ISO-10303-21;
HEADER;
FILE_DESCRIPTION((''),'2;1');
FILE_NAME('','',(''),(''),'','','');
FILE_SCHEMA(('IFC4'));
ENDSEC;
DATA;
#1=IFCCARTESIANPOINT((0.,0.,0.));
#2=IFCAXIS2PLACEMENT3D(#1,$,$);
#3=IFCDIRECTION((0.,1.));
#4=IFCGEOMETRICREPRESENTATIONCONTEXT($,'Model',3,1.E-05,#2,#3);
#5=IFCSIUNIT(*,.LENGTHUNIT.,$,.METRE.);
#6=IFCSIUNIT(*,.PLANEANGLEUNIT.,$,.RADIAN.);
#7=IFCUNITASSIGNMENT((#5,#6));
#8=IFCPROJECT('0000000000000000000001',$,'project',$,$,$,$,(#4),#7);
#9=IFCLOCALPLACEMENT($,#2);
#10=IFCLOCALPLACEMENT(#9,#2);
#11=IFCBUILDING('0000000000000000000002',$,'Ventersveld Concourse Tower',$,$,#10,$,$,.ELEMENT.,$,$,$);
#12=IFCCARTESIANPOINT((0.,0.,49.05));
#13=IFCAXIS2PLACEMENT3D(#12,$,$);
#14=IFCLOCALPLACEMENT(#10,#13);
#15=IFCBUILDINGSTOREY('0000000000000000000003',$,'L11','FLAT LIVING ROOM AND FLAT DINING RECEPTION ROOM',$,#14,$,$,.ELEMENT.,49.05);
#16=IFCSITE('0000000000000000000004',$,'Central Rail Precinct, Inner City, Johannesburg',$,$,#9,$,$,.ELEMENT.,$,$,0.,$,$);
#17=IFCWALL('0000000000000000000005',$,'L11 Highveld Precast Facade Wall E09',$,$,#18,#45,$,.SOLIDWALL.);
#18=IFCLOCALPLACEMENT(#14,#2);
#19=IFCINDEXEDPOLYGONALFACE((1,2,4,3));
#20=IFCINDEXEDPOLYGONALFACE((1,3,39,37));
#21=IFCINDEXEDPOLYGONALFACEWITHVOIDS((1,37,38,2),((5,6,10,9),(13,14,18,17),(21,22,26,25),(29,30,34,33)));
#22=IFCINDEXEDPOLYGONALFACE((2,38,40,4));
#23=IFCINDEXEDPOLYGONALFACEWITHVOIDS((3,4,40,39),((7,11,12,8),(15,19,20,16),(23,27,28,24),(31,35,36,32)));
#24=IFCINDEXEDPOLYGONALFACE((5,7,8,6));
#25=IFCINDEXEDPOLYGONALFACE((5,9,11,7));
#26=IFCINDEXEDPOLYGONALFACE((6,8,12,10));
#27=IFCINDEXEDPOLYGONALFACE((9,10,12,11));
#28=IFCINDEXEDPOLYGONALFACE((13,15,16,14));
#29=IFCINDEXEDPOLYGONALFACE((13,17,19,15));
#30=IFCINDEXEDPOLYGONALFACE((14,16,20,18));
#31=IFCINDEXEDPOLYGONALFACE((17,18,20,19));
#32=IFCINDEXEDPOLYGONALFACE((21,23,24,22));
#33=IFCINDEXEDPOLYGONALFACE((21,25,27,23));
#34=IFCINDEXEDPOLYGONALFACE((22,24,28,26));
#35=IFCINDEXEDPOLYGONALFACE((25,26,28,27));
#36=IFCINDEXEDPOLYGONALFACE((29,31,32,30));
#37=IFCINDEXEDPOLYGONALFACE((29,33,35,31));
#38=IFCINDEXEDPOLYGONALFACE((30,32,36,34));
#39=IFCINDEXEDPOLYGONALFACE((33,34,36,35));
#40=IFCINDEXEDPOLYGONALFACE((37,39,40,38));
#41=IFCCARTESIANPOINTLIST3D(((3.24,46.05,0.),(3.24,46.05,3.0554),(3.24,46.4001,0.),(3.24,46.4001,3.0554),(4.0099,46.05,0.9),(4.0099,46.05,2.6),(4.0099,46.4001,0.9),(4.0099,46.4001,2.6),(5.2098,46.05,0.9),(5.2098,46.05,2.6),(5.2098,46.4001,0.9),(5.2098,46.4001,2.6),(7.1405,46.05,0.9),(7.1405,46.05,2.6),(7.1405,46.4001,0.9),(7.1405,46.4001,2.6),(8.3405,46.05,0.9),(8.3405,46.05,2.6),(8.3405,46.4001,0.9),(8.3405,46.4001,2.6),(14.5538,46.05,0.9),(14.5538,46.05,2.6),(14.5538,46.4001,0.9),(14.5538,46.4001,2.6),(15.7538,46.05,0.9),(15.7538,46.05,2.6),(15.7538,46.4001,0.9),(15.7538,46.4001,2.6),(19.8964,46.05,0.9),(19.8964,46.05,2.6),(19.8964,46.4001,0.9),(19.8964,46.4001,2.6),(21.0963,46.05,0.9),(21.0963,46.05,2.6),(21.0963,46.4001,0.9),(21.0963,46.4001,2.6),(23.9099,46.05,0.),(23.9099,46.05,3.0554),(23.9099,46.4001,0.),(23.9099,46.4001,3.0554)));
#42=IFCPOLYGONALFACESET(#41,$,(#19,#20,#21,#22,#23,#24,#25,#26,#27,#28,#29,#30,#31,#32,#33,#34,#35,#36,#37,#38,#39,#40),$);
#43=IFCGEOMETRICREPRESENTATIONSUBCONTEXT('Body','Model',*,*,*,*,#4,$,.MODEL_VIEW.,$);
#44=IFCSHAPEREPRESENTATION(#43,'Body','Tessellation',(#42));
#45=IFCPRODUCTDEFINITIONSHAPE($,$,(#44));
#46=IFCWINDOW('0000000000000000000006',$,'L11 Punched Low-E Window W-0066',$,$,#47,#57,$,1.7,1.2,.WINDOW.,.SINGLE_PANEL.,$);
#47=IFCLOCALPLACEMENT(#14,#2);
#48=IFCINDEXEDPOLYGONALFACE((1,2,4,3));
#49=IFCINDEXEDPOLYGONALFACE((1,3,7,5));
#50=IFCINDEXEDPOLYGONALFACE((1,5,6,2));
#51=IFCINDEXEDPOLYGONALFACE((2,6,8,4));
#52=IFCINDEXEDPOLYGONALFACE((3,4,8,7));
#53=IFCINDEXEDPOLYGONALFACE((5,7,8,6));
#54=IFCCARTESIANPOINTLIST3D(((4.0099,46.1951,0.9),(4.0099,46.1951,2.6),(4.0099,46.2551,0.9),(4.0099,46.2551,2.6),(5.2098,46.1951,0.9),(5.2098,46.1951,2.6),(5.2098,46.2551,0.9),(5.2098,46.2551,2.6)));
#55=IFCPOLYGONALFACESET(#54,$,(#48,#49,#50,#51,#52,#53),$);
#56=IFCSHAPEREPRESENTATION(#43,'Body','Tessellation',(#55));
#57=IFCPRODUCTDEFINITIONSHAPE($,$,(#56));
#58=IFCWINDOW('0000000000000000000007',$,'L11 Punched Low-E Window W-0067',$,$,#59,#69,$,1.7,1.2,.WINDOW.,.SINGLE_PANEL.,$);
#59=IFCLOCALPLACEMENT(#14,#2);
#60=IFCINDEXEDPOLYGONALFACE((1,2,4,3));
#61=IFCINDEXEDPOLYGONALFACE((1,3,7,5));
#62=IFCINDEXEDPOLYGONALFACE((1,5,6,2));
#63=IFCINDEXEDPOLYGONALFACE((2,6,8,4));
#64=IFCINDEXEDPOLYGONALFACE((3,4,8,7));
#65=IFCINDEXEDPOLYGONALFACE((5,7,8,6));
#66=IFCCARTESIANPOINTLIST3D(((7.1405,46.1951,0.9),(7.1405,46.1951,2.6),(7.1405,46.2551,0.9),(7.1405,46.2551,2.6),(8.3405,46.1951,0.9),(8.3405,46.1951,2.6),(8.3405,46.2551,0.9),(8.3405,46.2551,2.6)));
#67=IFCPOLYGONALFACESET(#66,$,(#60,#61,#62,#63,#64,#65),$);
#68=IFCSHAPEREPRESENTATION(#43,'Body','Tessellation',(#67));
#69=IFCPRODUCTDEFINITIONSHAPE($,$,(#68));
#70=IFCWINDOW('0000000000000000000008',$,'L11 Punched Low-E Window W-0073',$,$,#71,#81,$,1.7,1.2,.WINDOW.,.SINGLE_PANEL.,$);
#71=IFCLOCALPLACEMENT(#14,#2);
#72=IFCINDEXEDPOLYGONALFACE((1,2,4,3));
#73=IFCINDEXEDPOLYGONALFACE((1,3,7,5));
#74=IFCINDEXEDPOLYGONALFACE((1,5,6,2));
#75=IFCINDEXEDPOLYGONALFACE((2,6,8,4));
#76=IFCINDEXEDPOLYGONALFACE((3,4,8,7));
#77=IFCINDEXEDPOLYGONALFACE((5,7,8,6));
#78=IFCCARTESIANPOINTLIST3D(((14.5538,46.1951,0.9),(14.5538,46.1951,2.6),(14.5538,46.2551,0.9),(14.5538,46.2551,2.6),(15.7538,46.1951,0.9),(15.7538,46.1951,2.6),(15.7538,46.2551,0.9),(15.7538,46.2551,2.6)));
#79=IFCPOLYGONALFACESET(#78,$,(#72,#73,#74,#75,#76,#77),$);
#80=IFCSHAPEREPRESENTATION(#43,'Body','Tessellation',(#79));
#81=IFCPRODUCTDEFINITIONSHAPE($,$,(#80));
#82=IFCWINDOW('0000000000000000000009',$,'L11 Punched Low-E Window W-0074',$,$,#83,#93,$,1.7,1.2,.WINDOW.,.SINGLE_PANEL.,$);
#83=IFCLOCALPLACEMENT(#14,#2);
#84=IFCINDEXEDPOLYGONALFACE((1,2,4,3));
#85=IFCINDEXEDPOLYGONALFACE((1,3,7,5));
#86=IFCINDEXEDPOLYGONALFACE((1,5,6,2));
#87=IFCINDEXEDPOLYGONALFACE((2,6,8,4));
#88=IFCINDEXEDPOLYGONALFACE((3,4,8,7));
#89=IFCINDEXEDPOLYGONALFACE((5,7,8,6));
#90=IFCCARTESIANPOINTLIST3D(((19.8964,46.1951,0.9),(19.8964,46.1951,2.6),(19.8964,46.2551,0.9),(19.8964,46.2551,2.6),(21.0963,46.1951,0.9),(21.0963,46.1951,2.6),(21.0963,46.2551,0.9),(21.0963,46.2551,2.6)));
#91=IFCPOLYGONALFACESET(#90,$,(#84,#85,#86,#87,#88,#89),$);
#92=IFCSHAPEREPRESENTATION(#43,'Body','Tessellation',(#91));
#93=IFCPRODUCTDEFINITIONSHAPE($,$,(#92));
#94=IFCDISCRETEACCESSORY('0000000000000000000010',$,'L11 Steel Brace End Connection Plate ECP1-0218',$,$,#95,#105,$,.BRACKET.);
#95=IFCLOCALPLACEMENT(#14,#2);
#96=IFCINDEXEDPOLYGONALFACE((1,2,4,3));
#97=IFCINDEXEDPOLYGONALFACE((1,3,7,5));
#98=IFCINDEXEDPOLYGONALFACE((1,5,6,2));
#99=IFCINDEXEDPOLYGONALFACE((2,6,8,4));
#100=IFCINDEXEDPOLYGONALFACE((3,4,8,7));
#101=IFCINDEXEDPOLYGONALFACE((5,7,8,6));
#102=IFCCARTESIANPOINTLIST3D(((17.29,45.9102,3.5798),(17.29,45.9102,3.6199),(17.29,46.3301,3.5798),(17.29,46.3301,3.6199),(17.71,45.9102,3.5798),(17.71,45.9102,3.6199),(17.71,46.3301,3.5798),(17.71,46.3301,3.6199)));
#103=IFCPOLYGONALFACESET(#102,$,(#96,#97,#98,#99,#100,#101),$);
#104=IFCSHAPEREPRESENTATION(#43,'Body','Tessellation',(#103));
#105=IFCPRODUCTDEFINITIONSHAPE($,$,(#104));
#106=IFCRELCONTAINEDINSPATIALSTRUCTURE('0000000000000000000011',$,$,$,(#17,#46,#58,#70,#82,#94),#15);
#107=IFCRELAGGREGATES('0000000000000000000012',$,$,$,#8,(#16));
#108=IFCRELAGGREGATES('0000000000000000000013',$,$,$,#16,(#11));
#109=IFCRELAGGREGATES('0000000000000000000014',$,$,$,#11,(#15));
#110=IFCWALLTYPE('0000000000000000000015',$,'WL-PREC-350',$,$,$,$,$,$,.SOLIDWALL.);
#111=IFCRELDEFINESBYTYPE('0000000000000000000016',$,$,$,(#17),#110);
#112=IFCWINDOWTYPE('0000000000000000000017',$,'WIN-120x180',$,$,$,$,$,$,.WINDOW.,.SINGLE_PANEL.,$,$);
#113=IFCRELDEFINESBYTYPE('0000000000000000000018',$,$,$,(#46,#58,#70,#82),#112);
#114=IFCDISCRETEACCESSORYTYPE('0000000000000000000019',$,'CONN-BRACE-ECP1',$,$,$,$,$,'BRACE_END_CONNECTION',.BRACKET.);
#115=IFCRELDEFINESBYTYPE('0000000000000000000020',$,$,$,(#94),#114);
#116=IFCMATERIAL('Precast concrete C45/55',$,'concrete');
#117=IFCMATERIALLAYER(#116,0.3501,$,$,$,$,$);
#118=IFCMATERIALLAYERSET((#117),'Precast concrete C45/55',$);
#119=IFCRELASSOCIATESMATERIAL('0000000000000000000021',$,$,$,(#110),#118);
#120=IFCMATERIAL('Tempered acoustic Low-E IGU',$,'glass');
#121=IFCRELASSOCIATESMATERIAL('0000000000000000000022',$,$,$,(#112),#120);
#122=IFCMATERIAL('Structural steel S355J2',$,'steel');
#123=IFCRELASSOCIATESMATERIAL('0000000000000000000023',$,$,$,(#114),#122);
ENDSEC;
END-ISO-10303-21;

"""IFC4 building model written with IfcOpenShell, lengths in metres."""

from ifc_helpers import new_model, si_unit, direction, frame, frame_2d, origin, origin_2d, place, context, subcontext, project, spatial, rectangle, extrude, material, layer, layer_set, type_object, element, fill, save


model = new_model("IFC4")

# Units and contexts
model_context = context("Model", 3, precision=1e-05, world=origin(), true_north=direction((0.0, 1.0)))
body_context = subcontext(model_context, "Body", "Model", "MODEL_VIEW")
ifc_project = project(units=[si_unit("LENGTHUNIT", "METRE"), si_unit("PLANEANGLEUNIT", "RADIAN")], contexts=[model_context])

# Site, building, storey
site_placement = place(None, origin())
site = spatial("IfcSite", under=ifc_project, at=site_placement, Name="Central Rail Precinct, Inner City, Johannesburg", CompositionType="ELEMENT", RefElevation=0.0)
building_placement = place(site_placement, origin())
building = spatial("IfcBuilding", under=site, at=building_placement, Name="Ventersveld Concourse Tower", CompositionType="ELEMENT")
storey_placement = place(building_placement, frame((0.0, 0.0, 49.05)))
storey = spatial("IfcBuildingStorey", under=building, at=storey_placement, Name="L11", Description="FLAT LIVING ROOM AND FLAT DINING RECEPTION ROOM", CompositionType="ELEMENT", Elevation=49.05)

# Shared definitions
ifc_material_1 = material(Name="Structural steel S355J2", Category="steel")

# Shared definitions
ifc_material_2 = material(Name="Precast concrete C45/55", Category="concrete")
ifc_layer_1 = layer(ifc_material_2, 0.3501)
ifc_layer_set_1 = layer_set([ifc_layer_1], Name="Precast concrete C45/55")
wall_type_1 = type_object("IfcWallType", Name="WL-PREC-350", PredefinedType="SOLIDWALL", material=ifc_layer_set_1)

# Wall, openings, windows
wall_1_placement = place(storey_placement, frame((23.9099, 46.2251, 0.0), z_axis=(0.0, 0.0, 1.0), x_axis=(-1.0, 0.0, 0.0)))
wall_1 = element("IfcWall", 1, at=wall_1_placement, inside=storey, type_object=wall_type_1, Name="L11 Highveld Precast Facade Wall E09", PredefinedType="SOLIDWALL", context=body_context, shape_type="SweptSolid", body=[
    extrude(rectangle(XDim=20.6699, YDim=0.3501, at=frame_2d((10.335, 0.0))), origin(), (0.0, 0.0, 1.0), 3.0554),
])
opening_1_placement = place(wall_1_placement, frame((18.7, 0.0, 0.8999)))
opening_1 = element("IfcOpeningElement", 2, at=opening_1_placement, cuts=wall_1, PredefinedType="OPENING", context=body_context, shape_type="SweptSolid", body=[
    extrude(rectangle(XDim=1.2, YDim=1.7, at=frame_2d((0.6001, 0.8501))), frame((0.0, 0.1851, 0.0), z_axis=(0.0, -1.0, 0.0), x_axis=(1.0, 0.0, 0.0)), (0.0, 0.0, 1.0), 0.3701),
])
opening_2_placement = place(wall_1_placement, frame((15.5693, 0.0, 0.8999)))
opening_2 = element("IfcOpeningElement", 3, at=opening_2_placement, cuts=wall_1, PredefinedType="OPENING", context=body_context, shape_type="SweptSolid", body=[
    extrude(rectangle(XDim=1.2, YDim=1.7, at=frame_2d((0.6001, 0.8501))), frame((0.0, 0.1851, 0.0), z_axis=(0.0, -1.0, 0.0), x_axis=(1.0, 0.0, 0.0)), (0.0, 0.0, 1.0), 0.3701),
])
opening_3_placement = place(wall_1_placement, frame((8.156, 0.0, 0.8999)))
opening_3 = element("IfcOpeningElement", 4, at=opening_3_placement, cuts=wall_1, PredefinedType="OPENING", context=body_context, shape_type="SweptSolid", body=[
    extrude(rectangle(XDim=1.2, YDim=1.7, at=frame_2d((0.6001, 0.8501))), frame((0.0, 0.1851, 0.0), z_axis=(0.0, -1.0, 0.0), x_axis=(1.0, 0.0, 0.0)), (0.0, 0.0, 1.0), 0.3701),
])
opening_4_placement = place(wall_1_placement, frame((2.8135, 0.0, 0.8999)))
opening_4 = element("IfcOpeningElement", 5, at=opening_4_placement, cuts=wall_1, PredefinedType="OPENING", context=body_context, shape_type="SweptSolid", body=[
    extrude(rectangle(XDim=1.2, YDim=1.7, at=frame_2d((0.6001, 0.8501))), frame((0.0, 0.1851, 0.0), z_axis=(0.0, -1.0, 0.0), x_axis=(1.0, 0.0, 0.0)), (0.0, 0.0, 1.0), 0.3701),
])
ifc_material_3 = material(Name="Tempered acoustic Low-E IGU", Category="glass")
window_type = type_object("IfcWindowType", Name="WIN-120x180", PartitioningType="SINGLE_PANEL", PredefinedType="WINDOW", material=ifc_material_3)
window_1_placement = place(opening_1_placement, origin())
window_1 = element("IfcWindow", 6, at=window_1_placement, inside=storey, type_object=window_type, Name="L11 Punched Low-E Window W-0066", OverallHeight=1.7, OverallWidth=1.2, PartitioningType="SINGLE_PANEL", PredefinedType="WINDOW", context=body_context, shape_type="SweptSolid", body=[
    extrude(rectangle(XDim=1.2, YDim=1.7, at=frame_2d((0.6001, 0.8501))), frame((0.0, 0.03, 0.0), z_axis=(0.0, -1.0, 0.0), x_axis=(1.0, 0.0, 0.0)), (0.0, 0.0, 1.0), 0.0601),
])
fill(opening_1, window_1)
window_2_placement = place(opening_2_placement, origin())
window_2 = element("IfcWindow", 7, at=window_2_placement, inside=storey, type_object=window_type, Name="L11 Punched Low-E Window W-0067", OverallHeight=1.7, OverallWidth=1.2, PartitioningType="SINGLE_PANEL", PredefinedType="WINDOW", context=body_context, shape_type="SweptSolid", body=[
    extrude(rectangle(XDim=1.2, YDim=1.7, at=frame_2d((0.6001, 0.8501))), frame((0.0, 0.03, 0.0), z_axis=(0.0, -1.0, 0.0), x_axis=(1.0, 0.0, 0.0)), (0.0, 0.0, 1.0), 0.0601),
])
fill(opening_2, window_2)
window_3_placement = place(opening_3_placement, origin())
window_3 = element("IfcWindow", 8, at=window_3_placement, inside=storey, type_object=window_type, Name="L11 Punched Low-E Window W-0073", OverallHeight=1.7, OverallWidth=1.2, PartitioningType="SINGLE_PANEL", PredefinedType="WINDOW", context=body_context, shape_type="SweptSolid", body=[
    extrude(rectangle(XDim=1.2, YDim=1.7, at=frame_2d((0.6001, 0.8501))), frame((0.0, 0.03, 0.0), z_axis=(0.0, -1.0, 0.0), x_axis=(1.0, 0.0, 0.0)), (0.0, 0.0, 1.0), 0.0601),
])
fill(opening_3, window_3)
window_4_placement = place(opening_4_placement, origin())
window_4 = element("IfcWindow", 9, at=window_4_placement, inside=storey, type_object=window_type, Name="L11 Punched Low-E Window W-0074", OverallHeight=1.7, OverallWidth=1.2, PartitioningType="SINGLE_PANEL", PredefinedType="WINDOW", context=body_context, shape_type="SweptSolid", body=[
    extrude(rectangle(XDim=1.2, YDim=1.7, at=frame_2d((0.6001, 0.8501))), frame((0.0, 0.03, 0.0), z_axis=(0.0, -1.0, 0.0), x_axis=(1.0, 0.0, 0.0)), (0.0, 0.0, 1.0), 0.0601),
])
fill(opening_4, window_4)

# Discrete accessory
discrete_accessory_type = type_object("IfcDiscreteAccessoryType", Name="CONN-BRACE-ECP1", ElementType="BRACE_END_CONNECTION", PredefinedType="BRACKET", material=ifc_material_1)
discrete_accessory_placement = place(storey_placement, frame((17.5, 46.1201, 3.5798), z_axis=(0.0, 0.0, 1.0), x_axis=(1.0, 0.0, 0.0)))
element("IfcDiscreteAccessory", 10, at=discrete_accessory_placement, inside=storey, type_object=discrete_accessory_type, Name="L11 Steel Brace End Connection Plate ECP1-0218", PredefinedType="BRACKET", context=body_context, shape_type="SweptSolid", body=[
    extrude(rectangle(XDim=0.4199, YDim=0.4199, at=origin_2d()), origin(), (0.0, 0.0, 1.0), 0.04),
])

save(model, "model.ifc")
